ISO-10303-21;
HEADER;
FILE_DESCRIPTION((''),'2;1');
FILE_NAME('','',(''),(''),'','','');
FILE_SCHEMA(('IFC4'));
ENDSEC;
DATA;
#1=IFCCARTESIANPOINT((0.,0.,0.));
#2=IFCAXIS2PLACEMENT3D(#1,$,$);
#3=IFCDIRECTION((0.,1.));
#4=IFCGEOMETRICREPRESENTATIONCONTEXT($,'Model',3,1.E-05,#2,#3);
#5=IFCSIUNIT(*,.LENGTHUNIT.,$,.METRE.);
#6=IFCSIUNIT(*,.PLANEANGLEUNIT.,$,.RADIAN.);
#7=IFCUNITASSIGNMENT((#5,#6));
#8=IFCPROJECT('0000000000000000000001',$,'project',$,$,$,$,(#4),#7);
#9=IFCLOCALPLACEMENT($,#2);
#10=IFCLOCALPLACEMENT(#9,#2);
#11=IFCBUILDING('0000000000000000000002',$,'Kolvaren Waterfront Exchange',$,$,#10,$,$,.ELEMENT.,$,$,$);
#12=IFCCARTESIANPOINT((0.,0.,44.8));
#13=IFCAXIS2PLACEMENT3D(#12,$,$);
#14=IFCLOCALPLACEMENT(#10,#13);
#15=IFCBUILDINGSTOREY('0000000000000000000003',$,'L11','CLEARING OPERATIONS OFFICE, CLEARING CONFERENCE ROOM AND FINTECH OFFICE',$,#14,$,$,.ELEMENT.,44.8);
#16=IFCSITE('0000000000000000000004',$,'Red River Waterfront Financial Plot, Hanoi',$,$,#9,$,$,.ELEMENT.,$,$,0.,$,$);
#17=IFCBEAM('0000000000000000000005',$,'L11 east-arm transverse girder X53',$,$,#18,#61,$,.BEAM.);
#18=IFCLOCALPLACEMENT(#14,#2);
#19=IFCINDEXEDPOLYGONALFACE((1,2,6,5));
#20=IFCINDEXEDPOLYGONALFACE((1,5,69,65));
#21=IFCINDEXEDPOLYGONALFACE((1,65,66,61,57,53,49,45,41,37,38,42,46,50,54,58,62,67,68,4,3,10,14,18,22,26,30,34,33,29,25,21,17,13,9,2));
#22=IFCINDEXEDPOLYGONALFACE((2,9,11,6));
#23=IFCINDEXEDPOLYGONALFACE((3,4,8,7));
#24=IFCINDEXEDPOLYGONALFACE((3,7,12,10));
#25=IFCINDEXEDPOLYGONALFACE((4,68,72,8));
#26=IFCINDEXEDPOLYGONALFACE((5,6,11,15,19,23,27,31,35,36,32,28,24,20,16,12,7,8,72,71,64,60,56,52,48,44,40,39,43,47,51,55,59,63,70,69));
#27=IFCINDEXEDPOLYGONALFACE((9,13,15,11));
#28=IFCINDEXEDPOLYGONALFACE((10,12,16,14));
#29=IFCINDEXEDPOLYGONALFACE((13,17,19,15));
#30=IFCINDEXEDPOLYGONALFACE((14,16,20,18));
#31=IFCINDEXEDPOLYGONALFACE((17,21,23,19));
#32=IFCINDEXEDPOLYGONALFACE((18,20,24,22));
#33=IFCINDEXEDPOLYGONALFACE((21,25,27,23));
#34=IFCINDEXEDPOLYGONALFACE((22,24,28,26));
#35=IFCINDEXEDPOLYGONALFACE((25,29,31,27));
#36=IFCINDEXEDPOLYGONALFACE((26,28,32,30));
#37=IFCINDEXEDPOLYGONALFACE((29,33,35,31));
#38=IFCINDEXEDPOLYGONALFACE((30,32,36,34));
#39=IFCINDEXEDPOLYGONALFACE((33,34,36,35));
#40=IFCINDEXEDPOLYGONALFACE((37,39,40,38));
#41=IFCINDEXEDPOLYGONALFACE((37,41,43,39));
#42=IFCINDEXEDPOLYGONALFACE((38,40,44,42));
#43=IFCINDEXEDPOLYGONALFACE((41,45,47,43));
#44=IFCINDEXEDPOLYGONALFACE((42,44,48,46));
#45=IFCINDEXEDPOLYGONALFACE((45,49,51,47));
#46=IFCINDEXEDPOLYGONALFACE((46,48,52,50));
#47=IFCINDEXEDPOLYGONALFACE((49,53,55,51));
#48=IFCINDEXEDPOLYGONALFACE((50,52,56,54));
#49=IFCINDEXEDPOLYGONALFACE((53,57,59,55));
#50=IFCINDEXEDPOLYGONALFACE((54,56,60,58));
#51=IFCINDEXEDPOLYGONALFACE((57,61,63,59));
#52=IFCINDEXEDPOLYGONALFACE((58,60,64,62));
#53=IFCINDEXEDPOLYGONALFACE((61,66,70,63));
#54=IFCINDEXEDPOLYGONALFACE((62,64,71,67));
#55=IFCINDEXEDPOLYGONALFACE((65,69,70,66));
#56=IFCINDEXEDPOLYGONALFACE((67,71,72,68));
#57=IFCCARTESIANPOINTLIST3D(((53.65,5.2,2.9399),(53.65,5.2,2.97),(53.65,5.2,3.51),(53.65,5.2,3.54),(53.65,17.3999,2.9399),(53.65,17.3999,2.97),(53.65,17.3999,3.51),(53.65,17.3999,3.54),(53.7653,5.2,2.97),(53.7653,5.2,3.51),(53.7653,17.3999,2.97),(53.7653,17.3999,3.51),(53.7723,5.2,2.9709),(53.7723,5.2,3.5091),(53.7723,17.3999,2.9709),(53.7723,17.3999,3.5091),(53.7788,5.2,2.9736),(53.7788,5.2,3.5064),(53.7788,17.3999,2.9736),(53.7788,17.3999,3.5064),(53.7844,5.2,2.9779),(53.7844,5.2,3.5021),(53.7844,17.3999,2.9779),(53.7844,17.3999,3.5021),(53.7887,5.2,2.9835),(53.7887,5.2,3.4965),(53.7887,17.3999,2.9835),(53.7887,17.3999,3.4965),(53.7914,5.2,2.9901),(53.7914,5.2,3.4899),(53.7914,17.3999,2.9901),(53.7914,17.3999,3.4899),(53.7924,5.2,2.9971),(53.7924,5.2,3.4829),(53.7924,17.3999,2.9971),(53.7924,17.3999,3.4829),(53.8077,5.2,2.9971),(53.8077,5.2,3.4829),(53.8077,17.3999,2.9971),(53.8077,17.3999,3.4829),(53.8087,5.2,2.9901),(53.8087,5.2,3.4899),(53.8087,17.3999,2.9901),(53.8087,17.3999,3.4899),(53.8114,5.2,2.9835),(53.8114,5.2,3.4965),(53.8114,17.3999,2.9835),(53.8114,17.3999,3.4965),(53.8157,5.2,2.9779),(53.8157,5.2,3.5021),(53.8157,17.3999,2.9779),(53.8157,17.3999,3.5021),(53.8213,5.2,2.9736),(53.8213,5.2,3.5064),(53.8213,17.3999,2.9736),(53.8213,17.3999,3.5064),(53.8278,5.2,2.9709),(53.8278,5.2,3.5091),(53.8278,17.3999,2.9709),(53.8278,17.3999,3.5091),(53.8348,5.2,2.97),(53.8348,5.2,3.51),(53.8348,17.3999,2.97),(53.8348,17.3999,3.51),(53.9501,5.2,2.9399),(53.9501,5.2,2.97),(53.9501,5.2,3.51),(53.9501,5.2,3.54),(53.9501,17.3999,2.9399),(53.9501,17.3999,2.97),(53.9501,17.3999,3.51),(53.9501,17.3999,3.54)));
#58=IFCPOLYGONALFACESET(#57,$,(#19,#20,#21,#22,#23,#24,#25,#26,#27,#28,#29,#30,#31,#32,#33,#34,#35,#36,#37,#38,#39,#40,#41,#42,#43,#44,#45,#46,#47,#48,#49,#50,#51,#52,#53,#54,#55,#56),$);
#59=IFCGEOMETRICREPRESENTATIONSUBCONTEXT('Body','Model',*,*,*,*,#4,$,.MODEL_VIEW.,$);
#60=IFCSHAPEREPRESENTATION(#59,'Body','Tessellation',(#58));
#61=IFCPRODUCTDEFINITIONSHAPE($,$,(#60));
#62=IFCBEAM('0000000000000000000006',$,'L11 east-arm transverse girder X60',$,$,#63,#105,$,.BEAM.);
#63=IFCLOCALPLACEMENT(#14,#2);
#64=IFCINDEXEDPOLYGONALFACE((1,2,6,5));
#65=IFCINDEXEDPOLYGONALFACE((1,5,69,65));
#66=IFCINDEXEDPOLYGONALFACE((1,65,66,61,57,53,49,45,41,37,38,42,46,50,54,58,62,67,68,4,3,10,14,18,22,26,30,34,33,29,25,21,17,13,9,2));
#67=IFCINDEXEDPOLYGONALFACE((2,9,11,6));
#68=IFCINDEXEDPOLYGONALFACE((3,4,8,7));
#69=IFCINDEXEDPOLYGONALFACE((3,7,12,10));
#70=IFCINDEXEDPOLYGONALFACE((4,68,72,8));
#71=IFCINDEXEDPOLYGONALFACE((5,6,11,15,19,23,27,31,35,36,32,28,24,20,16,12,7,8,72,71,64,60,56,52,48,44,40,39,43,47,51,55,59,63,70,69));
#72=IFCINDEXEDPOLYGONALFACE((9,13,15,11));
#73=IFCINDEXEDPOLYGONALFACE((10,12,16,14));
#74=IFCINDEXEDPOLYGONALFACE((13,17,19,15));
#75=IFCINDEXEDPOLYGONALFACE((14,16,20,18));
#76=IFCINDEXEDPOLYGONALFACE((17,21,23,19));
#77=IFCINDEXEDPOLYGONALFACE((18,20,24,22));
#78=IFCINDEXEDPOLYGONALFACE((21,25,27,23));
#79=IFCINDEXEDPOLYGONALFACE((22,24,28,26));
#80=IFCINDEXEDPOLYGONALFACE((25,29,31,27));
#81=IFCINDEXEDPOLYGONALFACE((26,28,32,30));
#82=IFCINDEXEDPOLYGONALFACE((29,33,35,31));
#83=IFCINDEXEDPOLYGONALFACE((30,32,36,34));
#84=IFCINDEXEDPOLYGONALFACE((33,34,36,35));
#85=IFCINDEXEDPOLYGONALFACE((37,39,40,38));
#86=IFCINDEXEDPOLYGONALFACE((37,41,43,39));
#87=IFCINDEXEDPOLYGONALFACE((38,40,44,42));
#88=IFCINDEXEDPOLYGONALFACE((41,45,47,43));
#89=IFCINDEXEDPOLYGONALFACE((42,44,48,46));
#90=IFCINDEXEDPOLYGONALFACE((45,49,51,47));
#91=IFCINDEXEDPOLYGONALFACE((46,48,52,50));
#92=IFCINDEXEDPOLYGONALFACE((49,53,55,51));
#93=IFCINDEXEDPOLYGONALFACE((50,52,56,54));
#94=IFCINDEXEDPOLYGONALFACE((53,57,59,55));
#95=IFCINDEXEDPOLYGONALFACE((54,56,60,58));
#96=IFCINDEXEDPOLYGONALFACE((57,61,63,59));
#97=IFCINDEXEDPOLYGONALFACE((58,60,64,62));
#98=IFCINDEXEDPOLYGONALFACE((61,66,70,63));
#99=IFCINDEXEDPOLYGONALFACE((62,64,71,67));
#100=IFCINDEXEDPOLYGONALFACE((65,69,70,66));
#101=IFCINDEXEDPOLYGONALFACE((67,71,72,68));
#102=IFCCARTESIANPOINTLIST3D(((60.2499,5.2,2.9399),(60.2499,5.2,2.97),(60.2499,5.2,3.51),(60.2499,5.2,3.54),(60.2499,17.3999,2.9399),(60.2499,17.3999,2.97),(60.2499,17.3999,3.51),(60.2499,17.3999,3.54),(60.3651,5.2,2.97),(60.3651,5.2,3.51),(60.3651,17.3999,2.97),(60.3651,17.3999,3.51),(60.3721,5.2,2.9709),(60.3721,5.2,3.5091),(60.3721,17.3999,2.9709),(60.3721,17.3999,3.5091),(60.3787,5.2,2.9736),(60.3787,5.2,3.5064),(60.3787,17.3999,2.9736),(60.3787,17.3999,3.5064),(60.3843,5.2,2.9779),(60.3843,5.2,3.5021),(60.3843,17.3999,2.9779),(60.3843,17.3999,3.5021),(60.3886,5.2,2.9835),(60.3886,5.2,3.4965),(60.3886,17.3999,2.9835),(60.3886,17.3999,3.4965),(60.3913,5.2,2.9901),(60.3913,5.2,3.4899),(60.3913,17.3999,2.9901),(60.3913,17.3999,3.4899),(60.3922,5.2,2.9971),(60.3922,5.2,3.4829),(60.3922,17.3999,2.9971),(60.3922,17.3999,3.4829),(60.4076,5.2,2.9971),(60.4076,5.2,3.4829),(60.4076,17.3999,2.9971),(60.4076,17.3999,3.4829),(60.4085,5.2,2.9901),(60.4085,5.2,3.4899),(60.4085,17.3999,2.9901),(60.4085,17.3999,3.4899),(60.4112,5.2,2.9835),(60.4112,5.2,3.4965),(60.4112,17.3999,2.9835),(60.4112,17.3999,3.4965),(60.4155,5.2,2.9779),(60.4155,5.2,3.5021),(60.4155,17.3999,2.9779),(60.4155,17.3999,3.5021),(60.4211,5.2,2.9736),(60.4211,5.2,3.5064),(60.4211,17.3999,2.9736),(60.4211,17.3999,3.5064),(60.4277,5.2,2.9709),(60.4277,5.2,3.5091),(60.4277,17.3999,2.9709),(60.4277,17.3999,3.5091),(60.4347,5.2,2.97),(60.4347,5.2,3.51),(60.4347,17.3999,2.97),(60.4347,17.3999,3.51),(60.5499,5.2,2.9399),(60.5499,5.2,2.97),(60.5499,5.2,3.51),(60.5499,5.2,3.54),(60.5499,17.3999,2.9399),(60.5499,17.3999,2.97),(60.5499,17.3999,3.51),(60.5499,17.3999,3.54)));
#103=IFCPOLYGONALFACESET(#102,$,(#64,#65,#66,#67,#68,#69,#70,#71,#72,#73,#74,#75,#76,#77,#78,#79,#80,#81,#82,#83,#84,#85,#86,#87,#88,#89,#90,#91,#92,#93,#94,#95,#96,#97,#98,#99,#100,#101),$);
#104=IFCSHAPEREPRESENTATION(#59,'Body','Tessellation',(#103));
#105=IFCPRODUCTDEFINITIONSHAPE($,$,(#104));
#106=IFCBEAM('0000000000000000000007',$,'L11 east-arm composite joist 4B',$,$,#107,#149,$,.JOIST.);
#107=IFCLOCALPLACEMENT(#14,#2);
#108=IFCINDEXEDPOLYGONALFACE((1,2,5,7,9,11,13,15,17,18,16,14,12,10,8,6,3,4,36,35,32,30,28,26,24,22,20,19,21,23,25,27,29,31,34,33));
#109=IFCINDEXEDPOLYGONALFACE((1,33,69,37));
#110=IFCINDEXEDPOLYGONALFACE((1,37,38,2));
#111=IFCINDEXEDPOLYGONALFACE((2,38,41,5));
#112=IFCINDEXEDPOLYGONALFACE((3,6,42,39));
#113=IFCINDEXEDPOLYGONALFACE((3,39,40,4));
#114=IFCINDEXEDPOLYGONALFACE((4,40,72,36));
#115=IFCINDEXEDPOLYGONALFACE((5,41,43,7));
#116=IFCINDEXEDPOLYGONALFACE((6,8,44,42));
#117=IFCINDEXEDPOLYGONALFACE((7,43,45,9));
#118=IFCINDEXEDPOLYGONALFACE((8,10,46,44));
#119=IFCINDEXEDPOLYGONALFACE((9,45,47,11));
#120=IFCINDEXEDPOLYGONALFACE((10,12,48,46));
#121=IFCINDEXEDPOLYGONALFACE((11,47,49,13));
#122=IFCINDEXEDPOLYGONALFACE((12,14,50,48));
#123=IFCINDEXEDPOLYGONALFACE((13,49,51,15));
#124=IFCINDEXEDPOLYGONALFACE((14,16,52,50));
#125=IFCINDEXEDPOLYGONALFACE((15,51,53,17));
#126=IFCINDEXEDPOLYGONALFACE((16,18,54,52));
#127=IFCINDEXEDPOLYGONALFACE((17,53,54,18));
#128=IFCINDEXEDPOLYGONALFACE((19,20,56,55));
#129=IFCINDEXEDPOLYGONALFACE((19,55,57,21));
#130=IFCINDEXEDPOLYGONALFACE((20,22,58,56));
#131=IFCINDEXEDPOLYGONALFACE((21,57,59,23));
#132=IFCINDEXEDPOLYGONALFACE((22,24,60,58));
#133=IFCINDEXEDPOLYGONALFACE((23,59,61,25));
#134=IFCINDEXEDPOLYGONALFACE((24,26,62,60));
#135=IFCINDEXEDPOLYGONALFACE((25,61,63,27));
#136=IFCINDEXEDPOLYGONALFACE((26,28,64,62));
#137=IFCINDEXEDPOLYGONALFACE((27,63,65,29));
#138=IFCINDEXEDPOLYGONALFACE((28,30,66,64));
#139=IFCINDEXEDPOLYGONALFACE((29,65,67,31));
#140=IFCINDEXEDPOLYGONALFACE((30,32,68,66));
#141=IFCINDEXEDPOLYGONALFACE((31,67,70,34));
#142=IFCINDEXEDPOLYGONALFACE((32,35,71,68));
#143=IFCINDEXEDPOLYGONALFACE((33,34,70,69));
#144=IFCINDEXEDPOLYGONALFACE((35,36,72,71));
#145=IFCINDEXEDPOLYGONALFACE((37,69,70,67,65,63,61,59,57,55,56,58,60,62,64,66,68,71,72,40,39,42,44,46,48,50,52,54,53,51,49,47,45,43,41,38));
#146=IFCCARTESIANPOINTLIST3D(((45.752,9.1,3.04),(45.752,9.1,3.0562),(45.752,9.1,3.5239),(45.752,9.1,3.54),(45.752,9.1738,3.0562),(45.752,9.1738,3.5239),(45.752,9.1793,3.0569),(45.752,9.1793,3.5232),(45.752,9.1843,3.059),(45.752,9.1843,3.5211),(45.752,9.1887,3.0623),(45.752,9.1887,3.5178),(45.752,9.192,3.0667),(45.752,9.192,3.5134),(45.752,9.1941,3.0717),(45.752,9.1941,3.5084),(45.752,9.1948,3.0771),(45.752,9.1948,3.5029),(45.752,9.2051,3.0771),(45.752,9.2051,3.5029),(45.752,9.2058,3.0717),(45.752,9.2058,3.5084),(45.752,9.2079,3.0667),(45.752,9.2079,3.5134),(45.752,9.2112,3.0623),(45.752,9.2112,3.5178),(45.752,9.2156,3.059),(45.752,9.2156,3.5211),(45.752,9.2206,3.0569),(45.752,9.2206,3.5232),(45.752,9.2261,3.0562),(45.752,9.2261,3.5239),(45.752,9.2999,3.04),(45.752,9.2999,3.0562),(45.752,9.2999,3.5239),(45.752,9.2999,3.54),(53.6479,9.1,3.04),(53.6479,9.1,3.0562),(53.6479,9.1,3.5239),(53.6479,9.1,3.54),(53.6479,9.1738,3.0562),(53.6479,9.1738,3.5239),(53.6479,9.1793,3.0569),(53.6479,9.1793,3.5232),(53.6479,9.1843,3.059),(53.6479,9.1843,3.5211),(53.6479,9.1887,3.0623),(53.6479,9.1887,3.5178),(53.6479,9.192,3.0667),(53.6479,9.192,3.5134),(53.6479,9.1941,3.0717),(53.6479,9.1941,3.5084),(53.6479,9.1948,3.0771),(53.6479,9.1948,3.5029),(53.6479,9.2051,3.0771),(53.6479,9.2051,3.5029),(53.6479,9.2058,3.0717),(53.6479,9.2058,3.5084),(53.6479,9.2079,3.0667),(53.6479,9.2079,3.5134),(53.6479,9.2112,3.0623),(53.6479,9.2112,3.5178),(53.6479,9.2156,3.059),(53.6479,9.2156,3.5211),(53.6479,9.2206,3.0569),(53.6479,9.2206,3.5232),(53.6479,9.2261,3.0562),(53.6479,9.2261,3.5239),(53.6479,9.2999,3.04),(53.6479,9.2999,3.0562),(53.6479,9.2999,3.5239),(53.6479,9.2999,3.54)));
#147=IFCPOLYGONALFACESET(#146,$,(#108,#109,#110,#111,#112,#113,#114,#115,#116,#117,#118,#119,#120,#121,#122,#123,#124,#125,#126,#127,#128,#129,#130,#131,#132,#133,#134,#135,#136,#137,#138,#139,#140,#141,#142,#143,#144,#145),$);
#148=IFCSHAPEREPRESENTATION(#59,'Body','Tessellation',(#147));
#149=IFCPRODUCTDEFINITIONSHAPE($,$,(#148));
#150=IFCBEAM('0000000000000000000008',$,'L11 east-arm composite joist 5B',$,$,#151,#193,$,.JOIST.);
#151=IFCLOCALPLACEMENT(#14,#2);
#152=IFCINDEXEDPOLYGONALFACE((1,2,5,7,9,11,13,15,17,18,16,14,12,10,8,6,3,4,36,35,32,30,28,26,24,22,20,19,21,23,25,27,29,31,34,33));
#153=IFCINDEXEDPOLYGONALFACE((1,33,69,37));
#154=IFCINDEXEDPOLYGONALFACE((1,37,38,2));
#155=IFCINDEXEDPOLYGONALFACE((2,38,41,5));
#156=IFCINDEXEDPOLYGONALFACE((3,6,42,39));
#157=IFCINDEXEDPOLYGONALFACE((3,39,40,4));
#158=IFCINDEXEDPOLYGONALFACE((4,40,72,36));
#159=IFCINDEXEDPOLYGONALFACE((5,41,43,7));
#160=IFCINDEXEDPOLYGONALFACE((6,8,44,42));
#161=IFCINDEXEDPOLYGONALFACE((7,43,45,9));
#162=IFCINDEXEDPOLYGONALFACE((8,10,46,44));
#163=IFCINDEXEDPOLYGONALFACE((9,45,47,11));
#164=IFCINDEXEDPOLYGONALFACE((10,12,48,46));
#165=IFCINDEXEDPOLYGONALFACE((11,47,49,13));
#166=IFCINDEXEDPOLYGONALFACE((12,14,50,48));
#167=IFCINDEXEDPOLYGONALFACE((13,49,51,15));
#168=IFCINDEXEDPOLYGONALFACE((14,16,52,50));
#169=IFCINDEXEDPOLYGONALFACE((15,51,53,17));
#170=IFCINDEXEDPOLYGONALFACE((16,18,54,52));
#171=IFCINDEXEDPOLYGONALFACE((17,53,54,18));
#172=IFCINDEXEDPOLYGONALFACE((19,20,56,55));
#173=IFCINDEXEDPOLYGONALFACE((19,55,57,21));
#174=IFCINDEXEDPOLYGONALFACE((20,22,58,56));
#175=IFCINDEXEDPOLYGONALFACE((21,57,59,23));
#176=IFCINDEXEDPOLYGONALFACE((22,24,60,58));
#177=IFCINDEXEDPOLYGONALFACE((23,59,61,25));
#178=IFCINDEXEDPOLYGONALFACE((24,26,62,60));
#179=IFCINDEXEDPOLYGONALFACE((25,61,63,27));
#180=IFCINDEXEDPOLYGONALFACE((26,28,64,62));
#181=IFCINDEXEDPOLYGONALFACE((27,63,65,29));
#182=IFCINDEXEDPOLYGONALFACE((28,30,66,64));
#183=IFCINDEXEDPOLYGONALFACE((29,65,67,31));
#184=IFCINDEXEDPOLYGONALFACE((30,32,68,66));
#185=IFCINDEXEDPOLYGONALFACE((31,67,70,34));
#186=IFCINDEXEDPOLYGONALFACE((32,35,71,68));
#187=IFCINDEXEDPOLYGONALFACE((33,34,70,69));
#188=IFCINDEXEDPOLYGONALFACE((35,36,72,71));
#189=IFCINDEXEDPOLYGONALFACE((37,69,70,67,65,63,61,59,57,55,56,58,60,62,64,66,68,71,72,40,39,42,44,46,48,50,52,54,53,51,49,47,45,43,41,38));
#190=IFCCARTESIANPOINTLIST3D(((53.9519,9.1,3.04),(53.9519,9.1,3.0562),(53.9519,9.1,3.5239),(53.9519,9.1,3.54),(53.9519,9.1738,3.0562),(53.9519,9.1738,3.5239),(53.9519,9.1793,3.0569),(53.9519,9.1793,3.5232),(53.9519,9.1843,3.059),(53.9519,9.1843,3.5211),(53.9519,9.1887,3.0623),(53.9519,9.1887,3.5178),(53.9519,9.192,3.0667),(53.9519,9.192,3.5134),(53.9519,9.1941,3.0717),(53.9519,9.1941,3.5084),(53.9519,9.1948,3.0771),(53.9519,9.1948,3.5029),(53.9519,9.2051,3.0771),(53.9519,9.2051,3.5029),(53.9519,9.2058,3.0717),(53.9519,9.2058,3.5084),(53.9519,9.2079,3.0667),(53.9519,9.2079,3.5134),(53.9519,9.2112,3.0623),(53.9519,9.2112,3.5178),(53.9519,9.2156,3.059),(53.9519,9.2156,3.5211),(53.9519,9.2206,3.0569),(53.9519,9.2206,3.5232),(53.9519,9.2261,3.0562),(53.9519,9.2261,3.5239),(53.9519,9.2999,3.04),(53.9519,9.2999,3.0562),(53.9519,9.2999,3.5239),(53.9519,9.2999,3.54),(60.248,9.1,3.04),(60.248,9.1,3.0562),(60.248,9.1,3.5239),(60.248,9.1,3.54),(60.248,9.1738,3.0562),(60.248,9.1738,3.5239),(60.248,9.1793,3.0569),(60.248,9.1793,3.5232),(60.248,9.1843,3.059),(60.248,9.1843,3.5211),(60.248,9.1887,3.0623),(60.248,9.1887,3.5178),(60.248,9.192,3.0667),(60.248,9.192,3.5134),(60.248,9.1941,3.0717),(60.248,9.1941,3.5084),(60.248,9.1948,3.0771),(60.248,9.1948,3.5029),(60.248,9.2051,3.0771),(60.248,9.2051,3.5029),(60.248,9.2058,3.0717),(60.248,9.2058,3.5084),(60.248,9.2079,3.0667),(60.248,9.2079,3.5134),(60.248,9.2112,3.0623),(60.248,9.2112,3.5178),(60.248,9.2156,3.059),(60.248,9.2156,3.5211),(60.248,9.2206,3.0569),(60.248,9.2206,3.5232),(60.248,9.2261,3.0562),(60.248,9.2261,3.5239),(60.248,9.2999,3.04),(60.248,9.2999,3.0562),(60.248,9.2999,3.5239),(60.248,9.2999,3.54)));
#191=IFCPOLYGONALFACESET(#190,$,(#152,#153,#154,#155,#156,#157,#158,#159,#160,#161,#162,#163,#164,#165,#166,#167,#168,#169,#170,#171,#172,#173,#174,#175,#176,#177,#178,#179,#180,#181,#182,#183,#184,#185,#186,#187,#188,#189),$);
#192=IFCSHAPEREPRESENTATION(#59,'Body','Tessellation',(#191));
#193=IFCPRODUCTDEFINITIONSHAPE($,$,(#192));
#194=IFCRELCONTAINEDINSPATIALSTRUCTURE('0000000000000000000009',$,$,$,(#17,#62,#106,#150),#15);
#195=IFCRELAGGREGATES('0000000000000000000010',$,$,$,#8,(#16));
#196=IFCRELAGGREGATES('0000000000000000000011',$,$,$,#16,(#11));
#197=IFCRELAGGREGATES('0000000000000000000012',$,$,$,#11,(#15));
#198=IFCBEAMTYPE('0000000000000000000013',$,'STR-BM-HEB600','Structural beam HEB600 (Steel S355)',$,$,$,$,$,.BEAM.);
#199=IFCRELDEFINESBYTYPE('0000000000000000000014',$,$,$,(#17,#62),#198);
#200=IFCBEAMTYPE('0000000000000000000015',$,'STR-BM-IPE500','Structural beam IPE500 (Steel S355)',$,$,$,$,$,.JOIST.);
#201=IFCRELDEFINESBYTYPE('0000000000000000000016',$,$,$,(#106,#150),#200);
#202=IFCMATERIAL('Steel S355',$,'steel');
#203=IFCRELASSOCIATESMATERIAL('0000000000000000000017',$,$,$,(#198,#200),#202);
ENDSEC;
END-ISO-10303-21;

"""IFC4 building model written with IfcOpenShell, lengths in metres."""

from ifc_helpers import new_model, si_unit, direction, frame, origin, origin_2d, place, context, subcontext, project, spatial, i_section, extrude, material, material_profile, profile_set, type_object, element, save


model = new_model("IFC4")

# Units and contexts
model_context = context("Model", 3, precision=1e-05, world=origin(), true_north=direction((0.0, 1.0)))
body_context = subcontext(model_context, "Body", "Model", "MODEL_VIEW")
ifc_project = project(units=[si_unit("LENGTHUNIT", "METRE"), si_unit("PLANEANGLEUNIT", "RADIAN")], contexts=[model_context])

# Site, building, storey
site_placement = place(None, origin())
site = spatial("IfcSite", under=ifc_project, at=site_placement, Name="Red River Waterfront Financial Plot, Hanoi", CompositionType="ELEMENT", RefElevation=0.0)
building_placement = place(site_placement, origin())
building = spatial("IfcBuilding", under=site, at=building_placement, Name="Kolvaren Waterfront Exchange", CompositionType="ELEMENT")
storey_placement = place(building_placement, frame((0.0, 0.0, 44.8)))
storey = spatial("IfcBuildingStorey", under=building, at=storey_placement, Name="L11", Description="CLEARING OPERATIONS OFFICE, CLEARING CONFERENCE ROOM AND FINTECH OFFICE", CompositionType="ELEMENT", Elevation=44.8)

# Beams
ifc_material_1 = material(Name="Steel S355", Category="steel")
ifc_material_profile_1 = material_profile(ifc_material_1, i_section(OverallWidth=0.3, OverallDepth=0.6001, WebThickness=0.0154, FlangeThickness=0.03, FilletRadius=0.0271, at=origin_2d()), Name="HEB600")
ifc_profile_set_1 = profile_set([ifc_material_profile_1], Name="Steel S355")
beam_type_1 = type_object("IfcBeamType", Name="STR-BM-HEB600", Description="Structural beam HEB600 (Steel S355)", PredefinedType="BEAM", material=ifc_profile_set_1)
for number, where, z_axis, x_axis, name in (
    (1, (53.8, 5.2, 3.24), (0.0, 1.0, 0.0), (-1.0, 0.0, 0.0), "L11 east-arm transverse girder X53"),
    (2, (60.3999, 5.2, 3.24), (0.0, 1.0, 0.0), (-1.0, 0.0, 0.0), "L11 east-arm transverse girder X60"),
):
    element("IfcBeam", number, at=place(storey_placement, frame(where, z_axis=z_axis, x_axis=x_axis)), inside=storey, type_object=beam_type_1, Name=name, PredefinedType="BEAM", context=body_context, shape_type="SweptSolid", body=[
        extrude(i_section(OverallWidth=0.3, OverallDepth=0.6001, WebThickness=0.0154, FlangeThickness=0.03, FilletRadius=0.0271, at=origin_2d()), origin(), (0.0, 0.0, 1.0), 12.2),
    ])
ifc_material_profile_2 = material_profile(ifc_material_1, i_section(OverallWidth=0.2, OverallDepth=0.5, WebThickness=0.0103, FlangeThickness=0.0161, FilletRadius=0.021, at=origin_2d()), Name="IPE500")
ifc_profile_set_2 = profile_set([ifc_material_profile_2], Name="Steel S355")
beam_type_2 = type_object("IfcBeamType", Name="STR-BM-IPE500", Description="Structural beam IPE500 (Steel S355)", PredefinedType="JOIST", material=ifc_profile_set_2)
beam_1_placement = place(storey_placement, frame((45.752, 9.2, 3.29), z_axis=(1.0, 0.0, 0.0), x_axis=(0.0, 1.0, 0.0)))
element("IfcBeam", 3, at=beam_1_placement, inside=storey, type_object=beam_type_2, Name="L11 east-arm composite joist 4B", PredefinedType="JOIST", context=body_context, shape_type="SweptSolid", body=[
    extrude(i_section(OverallWidth=0.2, OverallDepth=0.5, WebThickness=0.0103, FlangeThickness=0.0161, FilletRadius=0.021, at=origin_2d()), origin(), (0.0, 0.0, 1.0), 7.896),
])
beam_2_placement = place(storey_placement, frame((53.9519, 9.2, 3.29), z_axis=(1.0, 0.0, 0.0), x_axis=(0.0, 1.0, 0.0)))
element("IfcBeam", 4, at=beam_2_placement, inside=storey, type_object=beam_type_2, Name="L11 east-arm composite joist 5B", PredefinedType="JOIST", context=body_context, shape_type="SweptSolid", body=[
    extrude(i_section(OverallWidth=0.2, OverallDepth=0.5, WebThickness=0.0103, FlangeThickness=0.0161, FilletRadius=0.021, at=origin_2d()), origin(), (0.0, 0.0, 1.0), 6.2961),
])

save(model, "model.ifc")
